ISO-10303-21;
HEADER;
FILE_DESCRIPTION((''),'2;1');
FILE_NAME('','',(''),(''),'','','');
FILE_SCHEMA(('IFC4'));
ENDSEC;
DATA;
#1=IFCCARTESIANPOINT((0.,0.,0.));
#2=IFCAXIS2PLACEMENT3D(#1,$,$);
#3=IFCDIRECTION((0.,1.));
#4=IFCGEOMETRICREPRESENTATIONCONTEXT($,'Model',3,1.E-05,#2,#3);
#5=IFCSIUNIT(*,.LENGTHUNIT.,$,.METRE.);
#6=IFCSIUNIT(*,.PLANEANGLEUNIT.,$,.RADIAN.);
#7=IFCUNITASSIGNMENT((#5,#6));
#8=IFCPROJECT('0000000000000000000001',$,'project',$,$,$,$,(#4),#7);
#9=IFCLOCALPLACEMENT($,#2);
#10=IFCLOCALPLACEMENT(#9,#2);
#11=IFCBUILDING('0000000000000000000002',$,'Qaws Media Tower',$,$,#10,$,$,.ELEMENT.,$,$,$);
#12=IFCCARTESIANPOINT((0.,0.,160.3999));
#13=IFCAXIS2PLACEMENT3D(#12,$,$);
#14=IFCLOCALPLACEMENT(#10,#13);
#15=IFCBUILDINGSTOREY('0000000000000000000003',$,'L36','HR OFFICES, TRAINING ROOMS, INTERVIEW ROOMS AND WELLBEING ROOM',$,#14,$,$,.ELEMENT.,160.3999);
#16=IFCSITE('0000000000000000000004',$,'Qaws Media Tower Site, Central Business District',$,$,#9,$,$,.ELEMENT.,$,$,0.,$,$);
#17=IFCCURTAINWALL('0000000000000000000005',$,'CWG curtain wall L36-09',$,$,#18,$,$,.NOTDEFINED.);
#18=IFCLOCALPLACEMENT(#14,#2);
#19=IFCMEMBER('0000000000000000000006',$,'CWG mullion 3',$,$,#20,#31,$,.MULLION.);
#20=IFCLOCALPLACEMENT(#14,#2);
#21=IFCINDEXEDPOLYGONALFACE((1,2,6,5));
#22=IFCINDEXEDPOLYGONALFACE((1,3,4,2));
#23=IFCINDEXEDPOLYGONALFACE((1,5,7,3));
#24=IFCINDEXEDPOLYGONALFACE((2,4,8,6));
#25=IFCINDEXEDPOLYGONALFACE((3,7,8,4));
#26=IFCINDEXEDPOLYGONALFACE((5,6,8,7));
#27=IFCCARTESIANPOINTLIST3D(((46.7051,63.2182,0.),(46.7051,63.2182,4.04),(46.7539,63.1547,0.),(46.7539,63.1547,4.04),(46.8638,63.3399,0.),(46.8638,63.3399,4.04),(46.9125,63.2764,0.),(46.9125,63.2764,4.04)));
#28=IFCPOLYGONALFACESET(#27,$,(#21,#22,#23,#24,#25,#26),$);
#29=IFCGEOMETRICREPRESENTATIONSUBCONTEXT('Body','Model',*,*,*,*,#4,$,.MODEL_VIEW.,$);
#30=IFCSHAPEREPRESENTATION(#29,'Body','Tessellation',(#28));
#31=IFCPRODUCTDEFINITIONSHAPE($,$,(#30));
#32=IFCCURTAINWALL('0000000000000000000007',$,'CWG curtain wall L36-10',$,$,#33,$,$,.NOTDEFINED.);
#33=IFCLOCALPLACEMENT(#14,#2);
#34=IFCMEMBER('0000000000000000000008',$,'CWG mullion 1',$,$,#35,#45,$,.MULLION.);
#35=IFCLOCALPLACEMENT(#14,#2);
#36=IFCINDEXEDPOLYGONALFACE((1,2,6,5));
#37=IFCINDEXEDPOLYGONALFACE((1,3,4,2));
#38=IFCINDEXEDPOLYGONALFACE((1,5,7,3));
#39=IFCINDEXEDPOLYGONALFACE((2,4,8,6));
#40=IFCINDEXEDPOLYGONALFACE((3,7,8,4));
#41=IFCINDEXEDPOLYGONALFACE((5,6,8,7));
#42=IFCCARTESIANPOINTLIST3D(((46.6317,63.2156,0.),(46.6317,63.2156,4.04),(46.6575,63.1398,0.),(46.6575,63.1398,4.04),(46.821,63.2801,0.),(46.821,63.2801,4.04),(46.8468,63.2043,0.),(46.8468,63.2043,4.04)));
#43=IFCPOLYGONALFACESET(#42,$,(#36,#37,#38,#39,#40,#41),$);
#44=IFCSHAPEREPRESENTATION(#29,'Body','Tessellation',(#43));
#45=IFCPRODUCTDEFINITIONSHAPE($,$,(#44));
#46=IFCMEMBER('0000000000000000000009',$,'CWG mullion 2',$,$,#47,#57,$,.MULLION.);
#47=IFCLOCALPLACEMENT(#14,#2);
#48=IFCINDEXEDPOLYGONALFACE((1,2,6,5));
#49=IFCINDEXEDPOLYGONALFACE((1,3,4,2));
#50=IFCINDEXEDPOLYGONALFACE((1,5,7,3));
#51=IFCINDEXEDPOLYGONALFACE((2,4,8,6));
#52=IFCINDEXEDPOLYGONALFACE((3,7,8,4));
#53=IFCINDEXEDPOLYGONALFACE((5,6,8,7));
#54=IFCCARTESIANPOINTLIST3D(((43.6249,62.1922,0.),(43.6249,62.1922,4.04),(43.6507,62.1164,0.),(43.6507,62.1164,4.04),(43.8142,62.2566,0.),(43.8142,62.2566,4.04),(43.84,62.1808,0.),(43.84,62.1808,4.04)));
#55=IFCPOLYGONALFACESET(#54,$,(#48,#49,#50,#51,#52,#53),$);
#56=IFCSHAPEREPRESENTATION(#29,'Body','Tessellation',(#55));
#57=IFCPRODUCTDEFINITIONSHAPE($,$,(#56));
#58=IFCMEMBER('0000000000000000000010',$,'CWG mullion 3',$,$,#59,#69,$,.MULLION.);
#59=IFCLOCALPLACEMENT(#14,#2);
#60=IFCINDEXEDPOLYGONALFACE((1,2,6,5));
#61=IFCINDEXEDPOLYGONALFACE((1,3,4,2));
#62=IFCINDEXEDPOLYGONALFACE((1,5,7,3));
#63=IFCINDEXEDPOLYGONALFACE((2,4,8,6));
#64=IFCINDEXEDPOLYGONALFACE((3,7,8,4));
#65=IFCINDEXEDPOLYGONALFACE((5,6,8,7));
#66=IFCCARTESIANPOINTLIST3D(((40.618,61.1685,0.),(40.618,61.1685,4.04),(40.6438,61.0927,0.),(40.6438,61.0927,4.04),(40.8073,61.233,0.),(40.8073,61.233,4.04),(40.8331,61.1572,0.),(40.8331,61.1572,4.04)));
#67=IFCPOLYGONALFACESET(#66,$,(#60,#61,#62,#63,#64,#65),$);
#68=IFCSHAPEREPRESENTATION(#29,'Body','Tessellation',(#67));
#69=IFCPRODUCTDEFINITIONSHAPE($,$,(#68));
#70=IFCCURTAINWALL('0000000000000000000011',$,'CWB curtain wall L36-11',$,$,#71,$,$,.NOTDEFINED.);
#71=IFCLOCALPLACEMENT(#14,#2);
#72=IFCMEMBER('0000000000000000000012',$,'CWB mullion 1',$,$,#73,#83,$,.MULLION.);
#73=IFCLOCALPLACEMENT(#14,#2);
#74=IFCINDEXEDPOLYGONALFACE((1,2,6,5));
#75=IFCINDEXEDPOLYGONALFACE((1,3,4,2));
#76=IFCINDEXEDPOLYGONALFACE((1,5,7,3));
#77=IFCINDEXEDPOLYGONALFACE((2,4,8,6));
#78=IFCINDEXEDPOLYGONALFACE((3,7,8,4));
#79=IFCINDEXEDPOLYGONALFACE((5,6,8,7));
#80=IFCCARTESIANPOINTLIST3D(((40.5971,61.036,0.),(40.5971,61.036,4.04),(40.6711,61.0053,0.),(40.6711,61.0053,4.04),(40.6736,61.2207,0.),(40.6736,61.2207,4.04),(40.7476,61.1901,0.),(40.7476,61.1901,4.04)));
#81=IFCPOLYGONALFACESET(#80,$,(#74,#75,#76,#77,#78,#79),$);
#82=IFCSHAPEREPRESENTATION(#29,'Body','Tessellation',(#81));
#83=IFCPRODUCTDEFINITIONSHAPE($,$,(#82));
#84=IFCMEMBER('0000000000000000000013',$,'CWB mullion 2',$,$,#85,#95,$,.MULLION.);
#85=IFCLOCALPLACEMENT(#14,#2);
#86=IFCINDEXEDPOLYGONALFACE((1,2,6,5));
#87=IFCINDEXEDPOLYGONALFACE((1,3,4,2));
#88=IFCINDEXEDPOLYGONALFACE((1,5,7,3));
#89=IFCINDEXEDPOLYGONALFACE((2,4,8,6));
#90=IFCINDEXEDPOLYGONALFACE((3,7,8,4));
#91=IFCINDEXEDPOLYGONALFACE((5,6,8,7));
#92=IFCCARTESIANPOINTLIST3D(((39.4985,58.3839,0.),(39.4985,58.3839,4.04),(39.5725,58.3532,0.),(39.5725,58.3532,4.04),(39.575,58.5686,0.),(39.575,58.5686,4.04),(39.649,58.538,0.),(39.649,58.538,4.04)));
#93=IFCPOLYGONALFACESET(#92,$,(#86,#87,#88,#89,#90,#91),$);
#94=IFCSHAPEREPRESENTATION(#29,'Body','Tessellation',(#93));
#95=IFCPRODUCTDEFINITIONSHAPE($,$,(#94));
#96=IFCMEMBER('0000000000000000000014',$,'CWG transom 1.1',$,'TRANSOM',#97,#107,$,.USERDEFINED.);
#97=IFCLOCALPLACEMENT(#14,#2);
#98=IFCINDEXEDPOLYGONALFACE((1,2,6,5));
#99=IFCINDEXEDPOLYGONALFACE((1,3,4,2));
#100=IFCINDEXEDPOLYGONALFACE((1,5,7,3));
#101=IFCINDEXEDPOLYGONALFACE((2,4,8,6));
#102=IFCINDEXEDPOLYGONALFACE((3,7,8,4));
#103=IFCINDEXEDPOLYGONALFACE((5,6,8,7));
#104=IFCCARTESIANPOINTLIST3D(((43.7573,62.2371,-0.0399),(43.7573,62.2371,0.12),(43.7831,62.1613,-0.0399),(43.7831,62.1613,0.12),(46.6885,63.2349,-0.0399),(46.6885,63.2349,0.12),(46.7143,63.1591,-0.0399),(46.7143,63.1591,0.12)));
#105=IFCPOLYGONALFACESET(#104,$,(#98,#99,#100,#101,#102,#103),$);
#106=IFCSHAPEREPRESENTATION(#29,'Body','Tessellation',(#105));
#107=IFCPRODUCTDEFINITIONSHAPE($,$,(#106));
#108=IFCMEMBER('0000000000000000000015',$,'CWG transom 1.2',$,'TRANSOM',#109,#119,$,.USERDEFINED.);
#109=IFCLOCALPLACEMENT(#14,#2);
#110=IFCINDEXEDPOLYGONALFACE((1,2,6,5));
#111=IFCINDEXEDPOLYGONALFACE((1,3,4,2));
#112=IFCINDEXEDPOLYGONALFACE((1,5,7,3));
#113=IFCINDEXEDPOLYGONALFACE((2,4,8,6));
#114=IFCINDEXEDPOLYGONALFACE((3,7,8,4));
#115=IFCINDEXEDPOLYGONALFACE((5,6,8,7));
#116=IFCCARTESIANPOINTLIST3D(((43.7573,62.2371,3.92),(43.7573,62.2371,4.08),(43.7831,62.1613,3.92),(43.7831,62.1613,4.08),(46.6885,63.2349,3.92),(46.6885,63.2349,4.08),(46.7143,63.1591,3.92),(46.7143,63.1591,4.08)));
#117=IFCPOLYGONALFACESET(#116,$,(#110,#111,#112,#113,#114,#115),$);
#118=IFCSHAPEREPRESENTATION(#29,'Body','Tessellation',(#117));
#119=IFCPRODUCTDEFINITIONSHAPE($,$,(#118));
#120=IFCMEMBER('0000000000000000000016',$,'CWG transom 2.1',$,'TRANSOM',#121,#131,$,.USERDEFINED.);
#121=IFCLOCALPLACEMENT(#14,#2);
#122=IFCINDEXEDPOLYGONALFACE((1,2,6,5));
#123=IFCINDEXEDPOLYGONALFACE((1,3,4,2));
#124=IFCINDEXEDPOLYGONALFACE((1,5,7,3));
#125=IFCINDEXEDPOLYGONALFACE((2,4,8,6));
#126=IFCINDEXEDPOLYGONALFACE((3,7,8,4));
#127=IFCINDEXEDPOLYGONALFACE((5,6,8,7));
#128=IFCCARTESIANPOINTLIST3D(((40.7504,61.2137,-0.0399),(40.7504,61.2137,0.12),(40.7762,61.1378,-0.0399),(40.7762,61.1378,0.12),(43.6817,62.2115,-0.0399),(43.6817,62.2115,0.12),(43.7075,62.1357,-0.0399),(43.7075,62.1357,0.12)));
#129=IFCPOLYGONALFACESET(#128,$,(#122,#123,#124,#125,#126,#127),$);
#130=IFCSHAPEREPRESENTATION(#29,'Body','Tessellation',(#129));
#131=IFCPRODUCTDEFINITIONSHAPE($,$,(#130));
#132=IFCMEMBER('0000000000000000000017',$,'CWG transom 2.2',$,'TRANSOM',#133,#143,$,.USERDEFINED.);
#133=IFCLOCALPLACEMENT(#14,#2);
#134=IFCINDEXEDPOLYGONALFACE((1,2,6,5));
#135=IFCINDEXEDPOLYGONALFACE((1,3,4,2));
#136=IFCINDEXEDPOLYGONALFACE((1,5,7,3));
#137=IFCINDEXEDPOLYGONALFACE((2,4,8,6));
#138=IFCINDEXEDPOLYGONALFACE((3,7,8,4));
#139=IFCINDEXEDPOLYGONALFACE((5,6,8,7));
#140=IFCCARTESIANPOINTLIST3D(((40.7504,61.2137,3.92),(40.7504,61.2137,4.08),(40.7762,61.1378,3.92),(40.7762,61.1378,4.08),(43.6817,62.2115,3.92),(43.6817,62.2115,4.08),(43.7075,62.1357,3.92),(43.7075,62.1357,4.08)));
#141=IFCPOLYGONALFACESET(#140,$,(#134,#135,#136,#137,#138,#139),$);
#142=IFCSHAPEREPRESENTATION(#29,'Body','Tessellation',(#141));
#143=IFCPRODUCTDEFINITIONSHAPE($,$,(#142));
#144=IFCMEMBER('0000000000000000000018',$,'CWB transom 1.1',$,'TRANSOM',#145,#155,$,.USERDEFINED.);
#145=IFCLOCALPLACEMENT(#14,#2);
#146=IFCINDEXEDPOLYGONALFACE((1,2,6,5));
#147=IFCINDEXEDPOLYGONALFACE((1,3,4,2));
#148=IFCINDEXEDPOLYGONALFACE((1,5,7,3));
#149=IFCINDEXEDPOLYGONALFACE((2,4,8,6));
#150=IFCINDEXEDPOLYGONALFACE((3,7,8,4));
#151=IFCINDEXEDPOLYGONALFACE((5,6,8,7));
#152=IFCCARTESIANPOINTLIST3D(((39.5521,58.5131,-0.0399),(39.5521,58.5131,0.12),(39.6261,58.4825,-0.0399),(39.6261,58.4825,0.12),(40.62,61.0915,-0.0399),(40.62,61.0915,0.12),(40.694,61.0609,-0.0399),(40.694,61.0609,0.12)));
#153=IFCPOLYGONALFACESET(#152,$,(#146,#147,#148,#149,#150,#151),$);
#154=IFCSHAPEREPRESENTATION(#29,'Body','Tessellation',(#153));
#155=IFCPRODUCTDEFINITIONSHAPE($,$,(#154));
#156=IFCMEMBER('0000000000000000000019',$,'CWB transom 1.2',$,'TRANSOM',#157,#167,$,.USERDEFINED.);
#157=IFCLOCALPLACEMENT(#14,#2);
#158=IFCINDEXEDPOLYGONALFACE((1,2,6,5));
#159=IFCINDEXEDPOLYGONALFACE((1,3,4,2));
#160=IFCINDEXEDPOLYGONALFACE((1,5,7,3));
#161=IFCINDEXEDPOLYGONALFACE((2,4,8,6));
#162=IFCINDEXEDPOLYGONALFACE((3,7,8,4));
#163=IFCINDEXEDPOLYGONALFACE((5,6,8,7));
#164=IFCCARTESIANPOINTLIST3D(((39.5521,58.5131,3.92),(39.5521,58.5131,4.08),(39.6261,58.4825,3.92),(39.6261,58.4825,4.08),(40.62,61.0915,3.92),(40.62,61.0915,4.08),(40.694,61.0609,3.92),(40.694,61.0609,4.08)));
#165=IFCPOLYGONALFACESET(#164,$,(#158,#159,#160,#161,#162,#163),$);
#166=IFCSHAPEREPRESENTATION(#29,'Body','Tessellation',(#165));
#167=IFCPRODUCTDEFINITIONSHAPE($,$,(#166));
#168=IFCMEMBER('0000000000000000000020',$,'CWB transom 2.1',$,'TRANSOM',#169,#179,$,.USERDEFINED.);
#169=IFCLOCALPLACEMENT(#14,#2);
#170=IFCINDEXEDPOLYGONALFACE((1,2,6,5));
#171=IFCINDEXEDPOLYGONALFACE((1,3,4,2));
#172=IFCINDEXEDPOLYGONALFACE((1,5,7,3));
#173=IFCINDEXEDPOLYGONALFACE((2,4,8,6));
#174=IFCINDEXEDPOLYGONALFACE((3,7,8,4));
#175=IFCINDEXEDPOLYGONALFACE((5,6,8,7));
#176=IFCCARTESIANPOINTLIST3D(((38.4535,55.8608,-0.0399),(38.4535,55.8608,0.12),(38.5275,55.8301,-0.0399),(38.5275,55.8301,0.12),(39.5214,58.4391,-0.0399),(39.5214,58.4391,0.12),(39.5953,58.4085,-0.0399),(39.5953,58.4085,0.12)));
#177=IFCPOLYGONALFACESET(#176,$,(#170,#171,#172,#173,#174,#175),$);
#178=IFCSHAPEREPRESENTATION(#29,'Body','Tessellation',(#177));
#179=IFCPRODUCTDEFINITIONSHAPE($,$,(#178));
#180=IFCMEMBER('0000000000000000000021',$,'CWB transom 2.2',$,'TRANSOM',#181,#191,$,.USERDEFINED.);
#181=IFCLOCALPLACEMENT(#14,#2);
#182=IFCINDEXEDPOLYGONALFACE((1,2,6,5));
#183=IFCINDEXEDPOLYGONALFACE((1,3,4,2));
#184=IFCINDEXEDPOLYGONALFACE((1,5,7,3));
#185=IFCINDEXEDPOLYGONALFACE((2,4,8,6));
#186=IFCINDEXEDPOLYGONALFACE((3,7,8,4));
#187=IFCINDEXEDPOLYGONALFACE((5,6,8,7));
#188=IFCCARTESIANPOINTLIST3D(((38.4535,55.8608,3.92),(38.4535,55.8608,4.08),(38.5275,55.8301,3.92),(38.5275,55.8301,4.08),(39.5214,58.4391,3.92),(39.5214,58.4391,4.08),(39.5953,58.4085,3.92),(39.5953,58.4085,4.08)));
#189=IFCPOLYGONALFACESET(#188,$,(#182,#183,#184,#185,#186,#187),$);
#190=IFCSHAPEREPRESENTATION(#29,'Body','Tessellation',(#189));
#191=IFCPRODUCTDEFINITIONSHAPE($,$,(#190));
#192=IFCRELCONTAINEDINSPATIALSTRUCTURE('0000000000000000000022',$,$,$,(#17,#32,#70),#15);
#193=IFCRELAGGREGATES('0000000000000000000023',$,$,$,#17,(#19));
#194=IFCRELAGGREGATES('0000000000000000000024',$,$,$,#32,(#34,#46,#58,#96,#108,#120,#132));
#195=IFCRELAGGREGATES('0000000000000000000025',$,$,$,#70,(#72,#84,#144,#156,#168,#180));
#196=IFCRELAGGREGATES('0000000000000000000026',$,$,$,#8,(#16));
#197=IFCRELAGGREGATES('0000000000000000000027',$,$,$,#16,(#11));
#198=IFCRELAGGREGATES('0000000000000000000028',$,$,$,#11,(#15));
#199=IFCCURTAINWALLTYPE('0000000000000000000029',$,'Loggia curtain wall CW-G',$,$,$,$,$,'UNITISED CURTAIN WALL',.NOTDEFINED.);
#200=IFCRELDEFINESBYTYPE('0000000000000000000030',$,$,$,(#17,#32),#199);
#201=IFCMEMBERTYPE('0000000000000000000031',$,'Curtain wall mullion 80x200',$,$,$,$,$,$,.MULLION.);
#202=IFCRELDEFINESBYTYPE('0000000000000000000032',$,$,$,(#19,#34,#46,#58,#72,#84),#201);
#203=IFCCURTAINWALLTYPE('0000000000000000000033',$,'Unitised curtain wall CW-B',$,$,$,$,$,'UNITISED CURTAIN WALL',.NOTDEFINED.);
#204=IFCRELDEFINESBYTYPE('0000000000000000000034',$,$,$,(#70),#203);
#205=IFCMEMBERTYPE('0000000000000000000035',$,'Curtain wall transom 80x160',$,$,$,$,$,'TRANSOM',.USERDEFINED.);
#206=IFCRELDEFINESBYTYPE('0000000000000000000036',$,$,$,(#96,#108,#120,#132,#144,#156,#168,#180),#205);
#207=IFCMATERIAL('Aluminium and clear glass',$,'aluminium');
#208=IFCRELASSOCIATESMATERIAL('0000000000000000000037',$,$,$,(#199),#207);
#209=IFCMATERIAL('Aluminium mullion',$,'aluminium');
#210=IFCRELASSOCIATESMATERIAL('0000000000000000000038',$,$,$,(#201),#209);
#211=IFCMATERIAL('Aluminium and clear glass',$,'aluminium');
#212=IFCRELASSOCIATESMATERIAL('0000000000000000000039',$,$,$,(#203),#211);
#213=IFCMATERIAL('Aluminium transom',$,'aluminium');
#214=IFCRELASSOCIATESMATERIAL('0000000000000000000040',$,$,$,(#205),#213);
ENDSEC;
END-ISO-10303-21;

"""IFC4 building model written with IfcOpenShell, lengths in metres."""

from ifc_helpers import new_model, si_unit, direction, frame, origin, origin_2d, place, context, subcontext, project, spatial, rectangle, extrude, material, material_profile, profile_set, type_object, element, aggregate, save


model = new_model("IFC4")

# Units and contexts
model_context = context("Model", 3, precision=1e-05, world=origin(), true_north=direction((0.0, 1.0)))
body_context = subcontext(model_context, "Body", "Model", "MODEL_VIEW")
ifc_project = project(units=[si_unit("LENGTHUNIT", "METRE"), si_unit("PLANEANGLEUNIT", "RADIAN")], contexts=[model_context])

# Site, building, storey
site_placement = place(None, origin())
site = spatial("IfcSite", under=ifc_project, at=site_placement, Name="Qaws Media Tower Site, Central Business District", CompositionType="ELEMENT", RefElevation=0.0)
building_placement = place(site_placement, origin())
building = spatial("IfcBuilding", under=site, at=building_placement, Name="Qaws Media Tower", CompositionType="ELEMENT")
storey_placement = place(building_placement, frame((0.0, 0.0, 160.3999)))
storey = spatial("IfcBuildingStorey", under=building, at=storey_placement, Name="L36", Description="HR OFFICES, TRAINING ROOMS, INTERVIEW ROOMS AND WELLBEING ROOM", CompositionType="ELEMENT", Elevation=160.3999)

# Curtain wall, member
ifc_material_1 = material(Name="Aluminium and clear glass", Category="aluminium")
curtain_wall_type_1 = type_object("IfcCurtainWallType", Name="Loggia curtain wall CW-G", ElementType="UNITISED CURTAIN WALL", PredefinedType="NOTDEFINED", material=ifc_material_1)
curtain_wall_1_placement = place(storey_placement, origin())
curtain_wall_1 = element("IfcCurtainWall", 1, at=curtain_wall_1_placement, inside=storey, type_object=curtain_wall_type_1, Name="CWG curtain wall L36-09", PredefinedType="NOTDEFINED")
ifc_material_2 = material(Name="Aluminium mullion", Category="aluminium")
ifc_material_profile_1 = material_profile(ifc_material_2, rectangle(XDim=0.0801, YDim=0.2, at=origin_2d()), Name="80x200")
ifc_profile_set_1 = profile_set([ifc_material_profile_1], Name="Aluminium mullion")
member_type_1 = type_object("IfcMemberType", Name="Curtain wall mullion 80x200", PredefinedType="MULLION", material=ifc_profile_set_1)
member_1_placement = place(storey_placement, frame((46.8088, 63.2473, 0.0), z_axis=(0.0, 0.0, 1.0), x_axis=(0.608761, -0.793353, 0.0)))
member_1 = element("IfcMember", 2, at=member_1_placement, type_object=member_type_1, Name="CWG mullion 3", PredefinedType="MULLION", context=body_context, shape_type="SweptSolid", body=[
    extrude(rectangle(XDim=0.0801, YDim=0.2, at=origin_2d()), origin(), (0.0, 0.0, 1.0), 4.04),
])
aggregate(curtain_wall_1, [member_1])

# Curtain walls, members
curtain_wall_2_placement = place(storey_placement, origin())
curtain_wall_2 = element("IfcCurtainWall", 3, at=curtain_wall_2_placement, inside=storey, type_object=curtain_wall_type_1, Name="CWG curtain wall L36-10", PredefinedType="NOTDEFINED")
member_2_placement = place(storey_placement, frame((46.7393, 63.21, 0.0), z_axis=(0.0, 0.0, 1.0), x_axis=(0.322248, -0.946655, 0.0)))
member_2 = element("IfcMember", 4, at=member_2_placement, type_object=member_type_1, Name="CWG mullion 1", PredefinedType="MULLION", context=body_context, shape_type="SweptSolid", body=[
    extrude(rectangle(XDim=0.0801, YDim=0.2, at=origin_2d()), origin(), (0.0, 0.0, 1.0), 4.04),
])
member_3_placement = place(storey_placement, frame((43.7324, 62.1865, 0.0), z_axis=(0.0, 0.0, 1.0), x_axis=(0.322248, -0.946655, 0.0)))
member_3 = element("IfcMember", 5, at=member_3_placement, type_object=member_type_1, Name="CWG mullion 2", PredefinedType="MULLION", context=body_context, shape_type="SweptSolid", body=[
    extrude(rectangle(XDim=0.0801, YDim=0.2, at=origin_2d()), origin(), (0.0, 0.0, 1.0), 4.04),
])
member_4_placement = place(storey_placement, frame((40.7256, 61.1628, 0.0), z_axis=(0.0, 0.0, 1.0), x_axis=(0.322248, -0.946655, 0.0)))
member_4 = element("IfcMember", 6, at=member_4_placement, type_object=member_type_1, Name="CWG mullion 3", PredefinedType="MULLION", context=body_context, shape_type="SweptSolid", body=[
    extrude(rectangle(XDim=0.0801, YDim=0.2, at=origin_2d()), origin(), (0.0, 0.0, 1.0), 4.04),
])
ifc_material_3 = material(Name="Aluminium and clear glass", Category="aluminium")
curtain_wall_type_2 = type_object("IfcCurtainWallType", Name="Unitised curtain wall CW-B", ElementType="UNITISED CURTAIN WALL", PredefinedType="NOTDEFINED", material=ifc_material_3)
curtain_wall_3_placement = place(storey_placement, origin())
curtain_wall_3 = element("IfcCurtainWall", 7, at=curtain_wall_3_placement, inside=storey, type_object=curtain_wall_type_2, Name="CWB curtain wall L36-11", PredefinedType="NOTDEFINED")
member_5_placement = place(storey_placement, frame((40.6724, 61.113, 0.0), z_axis=(0.0, 0.0, 1.0), x_axis=(0.92388, -0.382683, 0.0)))
member_5 = element("IfcMember", 8, at=member_5_placement, type_object=member_type_1, Name="CWB mullion 1", PredefinedType="MULLION", context=body_context, shape_type="SweptSolid", body=[
    extrude(rectangle(XDim=0.0801, YDim=0.2, at=origin_2d()), origin(), (0.0, 0.0, 1.0), 4.04),
])
member_6_placement = place(storey_placement, frame((39.5737, 58.4609, 0.0), z_axis=(0.0, 0.0, 1.0), x_axis=(0.92388, -0.382683, 0.0)))
member_6 = element("IfcMember", 9, at=member_6_placement, type_object=member_type_1, Name="CWB mullion 2", PredefinedType="MULLION", context=body_context, shape_type="SweptSolid", body=[
    extrude(rectangle(XDim=0.0801, YDim=0.2, at=origin_2d()), origin(), (0.0, 0.0, 1.0), 4.04),
])

# Members
ifc_material_4 = material(Name="Aluminium transom", Category="aluminium")
ifc_material_profile_2 = material_profile(ifc_material_4, rectangle(XDim=0.0801, YDim=0.1599, at=origin_2d()), Name="80x160")
ifc_profile_set_2 = profile_set([ifc_material_profile_2], Name="Aluminium transom")
member_type_2 = type_object("IfcMemberType", Name="Curtain wall transom 80x160", ElementType="TRANSOM", PredefinedType="USERDEFINED", material=ifc_profile_set_2)
member_7_placement = place(storey_placement, frame((46.7014, 63.197, 0.04), z_axis=(-0.946653, -0.322253, 0.0), x_axis=(0.322253, -0.946653, 0.0)))
member_7 = element("IfcMember", 10, at=member_7_placement, type_object=member_type_2, Name="CWG transom 1.1", ObjectType="TRANSOM", PredefinedType="USERDEFINED", context=body_context, shape_type="SweptSolid", body=[
    extrude(rectangle(XDim=0.0801, YDim=0.1599, at=origin_2d()), origin(), (0.0, 0.0, 1.0), 3.0964),
])
member_8_placement = place(storey_placement, frame((46.7014, 63.197, 4.0), z_axis=(-0.946653, -0.322253, 0.0), x_axis=(0.322253, -0.946653, 0.0)))
member_8 = element("IfcMember", 11, at=member_8_placement, type_object=member_type_2, Name="CWG transom 1.2", ObjectType="TRANSOM", PredefinedType="USERDEFINED", context=body_context, shape_type="SweptSolid", body=[
    extrude(rectangle(XDim=0.0801, YDim=0.1599, at=origin_2d()), origin(), (0.0, 0.0, 1.0), 3.0964),
])
member_9_placement = place(storey_placement, frame((43.6946, 62.1736, 0.04), z_axis=(-0.946653, -0.322253, 0.0), x_axis=(0.322253, -0.946653, 0.0)))
member_9 = element("IfcMember", 12, at=member_9_placement, type_object=member_type_2, Name="CWG transom 2.1", ObjectType="TRANSOM", PredefinedType="USERDEFINED", context=body_context, shape_type="SweptSolid", body=[
    extrude(rectangle(XDim=0.0801, YDim=0.1599, at=origin_2d()), origin(), (0.0, 0.0, 1.0), 3.0964),
])
member_10_placement = place(storey_placement, frame((43.6946, 62.1736, 4.0), z_axis=(-0.946653, -0.322253, 0.0), x_axis=(0.322253, -0.946653, 0.0)))
member_10 = element("IfcMember", 13, at=member_10_placement, type_object=member_type_2, Name="CWG transom 2.2", ObjectType="TRANSOM", PredefinedType="USERDEFINED", context=body_context, shape_type="SweptSolid", body=[
    extrude(rectangle(XDim=0.0801, YDim=0.1599, at=origin_2d()), origin(), (0.0, 0.0, 1.0), 3.0964),
])
member_11_placement = place(storey_placement, frame((40.657, 61.0762, 0.04), z_axis=(-0.382645, -0.923895, 0.0), x_axis=(0.923895, -0.382645, 0.0)))
member_11 = element("IfcMember", 14, at=member_11_placement, type_object=member_type_2, Name="CWB transom 1.1", ObjectType="TRANSOM", PredefinedType="USERDEFINED", context=body_context, shape_type="SweptSolid", body=[
    extrude(rectangle(XDim=0.0801, YDim=0.1599, at=origin_2d()), origin(), (0.0, 0.0, 1.0), 2.7908),
])
member_12_placement = place(storey_placement, frame((40.657, 61.0762, 4.0), z_axis=(-0.382645, -0.923895, 0.0), x_axis=(0.923895, -0.382645, 0.0)))
member_12 = element("IfcMember", 15, at=member_12_placement, type_object=member_type_2, Name="CWB transom 1.2", ObjectType="TRANSOM", PredefinedType="USERDEFINED", context=body_context, shape_type="SweptSolid", body=[
    extrude(rectangle(XDim=0.0801, YDim=0.1599, at=origin_2d()), origin(), (0.0, 0.0, 1.0), 2.7908),
])
member_13_placement = place(storey_placement, frame((39.5583, 58.4238, 0.04), z_axis=(-0.382645, -0.923895, 0.0), x_axis=(0.923895, -0.382645, 0.0)))
member_13 = element("IfcMember", 16, at=member_13_placement, type_object=member_type_2, Name="CWB transom 2.1", ObjectType="TRANSOM", PredefinedType="USERDEFINED", context=body_context, shape_type="SweptSolid", body=[
    extrude(rectangle(XDim=0.0801, YDim=0.1599, at=origin_2d()), origin(), (0.0, 0.0, 1.0), 2.7908),
])
member_14_placement = place(storey_placement, frame((39.5583, 58.4238, 4.0), z_axis=(-0.382645, -0.923895, 0.0), x_axis=(0.923895, -0.382645, 0.0)))
member_14 = element("IfcMember", 17, at=member_14_placement, type_object=member_type_2, Name="CWB transom 2.2", ObjectType="TRANSOM", PredefinedType="USERDEFINED", context=body_context, shape_type="SweptSolid", body=[
    extrude(rectangle(XDim=0.0801, YDim=0.1599, at=origin_2d()), origin(), (0.0, 0.0, 1.0), 2.7908),
])

aggregate(curtain_wall_2, [member_2, member_3, member_4, member_7, member_8, member_9, member_10])
aggregate(curtain_wall_3, [member_5, member_6, member_11, member_12, member_13, member_14])

save(model, "model.ifc")
